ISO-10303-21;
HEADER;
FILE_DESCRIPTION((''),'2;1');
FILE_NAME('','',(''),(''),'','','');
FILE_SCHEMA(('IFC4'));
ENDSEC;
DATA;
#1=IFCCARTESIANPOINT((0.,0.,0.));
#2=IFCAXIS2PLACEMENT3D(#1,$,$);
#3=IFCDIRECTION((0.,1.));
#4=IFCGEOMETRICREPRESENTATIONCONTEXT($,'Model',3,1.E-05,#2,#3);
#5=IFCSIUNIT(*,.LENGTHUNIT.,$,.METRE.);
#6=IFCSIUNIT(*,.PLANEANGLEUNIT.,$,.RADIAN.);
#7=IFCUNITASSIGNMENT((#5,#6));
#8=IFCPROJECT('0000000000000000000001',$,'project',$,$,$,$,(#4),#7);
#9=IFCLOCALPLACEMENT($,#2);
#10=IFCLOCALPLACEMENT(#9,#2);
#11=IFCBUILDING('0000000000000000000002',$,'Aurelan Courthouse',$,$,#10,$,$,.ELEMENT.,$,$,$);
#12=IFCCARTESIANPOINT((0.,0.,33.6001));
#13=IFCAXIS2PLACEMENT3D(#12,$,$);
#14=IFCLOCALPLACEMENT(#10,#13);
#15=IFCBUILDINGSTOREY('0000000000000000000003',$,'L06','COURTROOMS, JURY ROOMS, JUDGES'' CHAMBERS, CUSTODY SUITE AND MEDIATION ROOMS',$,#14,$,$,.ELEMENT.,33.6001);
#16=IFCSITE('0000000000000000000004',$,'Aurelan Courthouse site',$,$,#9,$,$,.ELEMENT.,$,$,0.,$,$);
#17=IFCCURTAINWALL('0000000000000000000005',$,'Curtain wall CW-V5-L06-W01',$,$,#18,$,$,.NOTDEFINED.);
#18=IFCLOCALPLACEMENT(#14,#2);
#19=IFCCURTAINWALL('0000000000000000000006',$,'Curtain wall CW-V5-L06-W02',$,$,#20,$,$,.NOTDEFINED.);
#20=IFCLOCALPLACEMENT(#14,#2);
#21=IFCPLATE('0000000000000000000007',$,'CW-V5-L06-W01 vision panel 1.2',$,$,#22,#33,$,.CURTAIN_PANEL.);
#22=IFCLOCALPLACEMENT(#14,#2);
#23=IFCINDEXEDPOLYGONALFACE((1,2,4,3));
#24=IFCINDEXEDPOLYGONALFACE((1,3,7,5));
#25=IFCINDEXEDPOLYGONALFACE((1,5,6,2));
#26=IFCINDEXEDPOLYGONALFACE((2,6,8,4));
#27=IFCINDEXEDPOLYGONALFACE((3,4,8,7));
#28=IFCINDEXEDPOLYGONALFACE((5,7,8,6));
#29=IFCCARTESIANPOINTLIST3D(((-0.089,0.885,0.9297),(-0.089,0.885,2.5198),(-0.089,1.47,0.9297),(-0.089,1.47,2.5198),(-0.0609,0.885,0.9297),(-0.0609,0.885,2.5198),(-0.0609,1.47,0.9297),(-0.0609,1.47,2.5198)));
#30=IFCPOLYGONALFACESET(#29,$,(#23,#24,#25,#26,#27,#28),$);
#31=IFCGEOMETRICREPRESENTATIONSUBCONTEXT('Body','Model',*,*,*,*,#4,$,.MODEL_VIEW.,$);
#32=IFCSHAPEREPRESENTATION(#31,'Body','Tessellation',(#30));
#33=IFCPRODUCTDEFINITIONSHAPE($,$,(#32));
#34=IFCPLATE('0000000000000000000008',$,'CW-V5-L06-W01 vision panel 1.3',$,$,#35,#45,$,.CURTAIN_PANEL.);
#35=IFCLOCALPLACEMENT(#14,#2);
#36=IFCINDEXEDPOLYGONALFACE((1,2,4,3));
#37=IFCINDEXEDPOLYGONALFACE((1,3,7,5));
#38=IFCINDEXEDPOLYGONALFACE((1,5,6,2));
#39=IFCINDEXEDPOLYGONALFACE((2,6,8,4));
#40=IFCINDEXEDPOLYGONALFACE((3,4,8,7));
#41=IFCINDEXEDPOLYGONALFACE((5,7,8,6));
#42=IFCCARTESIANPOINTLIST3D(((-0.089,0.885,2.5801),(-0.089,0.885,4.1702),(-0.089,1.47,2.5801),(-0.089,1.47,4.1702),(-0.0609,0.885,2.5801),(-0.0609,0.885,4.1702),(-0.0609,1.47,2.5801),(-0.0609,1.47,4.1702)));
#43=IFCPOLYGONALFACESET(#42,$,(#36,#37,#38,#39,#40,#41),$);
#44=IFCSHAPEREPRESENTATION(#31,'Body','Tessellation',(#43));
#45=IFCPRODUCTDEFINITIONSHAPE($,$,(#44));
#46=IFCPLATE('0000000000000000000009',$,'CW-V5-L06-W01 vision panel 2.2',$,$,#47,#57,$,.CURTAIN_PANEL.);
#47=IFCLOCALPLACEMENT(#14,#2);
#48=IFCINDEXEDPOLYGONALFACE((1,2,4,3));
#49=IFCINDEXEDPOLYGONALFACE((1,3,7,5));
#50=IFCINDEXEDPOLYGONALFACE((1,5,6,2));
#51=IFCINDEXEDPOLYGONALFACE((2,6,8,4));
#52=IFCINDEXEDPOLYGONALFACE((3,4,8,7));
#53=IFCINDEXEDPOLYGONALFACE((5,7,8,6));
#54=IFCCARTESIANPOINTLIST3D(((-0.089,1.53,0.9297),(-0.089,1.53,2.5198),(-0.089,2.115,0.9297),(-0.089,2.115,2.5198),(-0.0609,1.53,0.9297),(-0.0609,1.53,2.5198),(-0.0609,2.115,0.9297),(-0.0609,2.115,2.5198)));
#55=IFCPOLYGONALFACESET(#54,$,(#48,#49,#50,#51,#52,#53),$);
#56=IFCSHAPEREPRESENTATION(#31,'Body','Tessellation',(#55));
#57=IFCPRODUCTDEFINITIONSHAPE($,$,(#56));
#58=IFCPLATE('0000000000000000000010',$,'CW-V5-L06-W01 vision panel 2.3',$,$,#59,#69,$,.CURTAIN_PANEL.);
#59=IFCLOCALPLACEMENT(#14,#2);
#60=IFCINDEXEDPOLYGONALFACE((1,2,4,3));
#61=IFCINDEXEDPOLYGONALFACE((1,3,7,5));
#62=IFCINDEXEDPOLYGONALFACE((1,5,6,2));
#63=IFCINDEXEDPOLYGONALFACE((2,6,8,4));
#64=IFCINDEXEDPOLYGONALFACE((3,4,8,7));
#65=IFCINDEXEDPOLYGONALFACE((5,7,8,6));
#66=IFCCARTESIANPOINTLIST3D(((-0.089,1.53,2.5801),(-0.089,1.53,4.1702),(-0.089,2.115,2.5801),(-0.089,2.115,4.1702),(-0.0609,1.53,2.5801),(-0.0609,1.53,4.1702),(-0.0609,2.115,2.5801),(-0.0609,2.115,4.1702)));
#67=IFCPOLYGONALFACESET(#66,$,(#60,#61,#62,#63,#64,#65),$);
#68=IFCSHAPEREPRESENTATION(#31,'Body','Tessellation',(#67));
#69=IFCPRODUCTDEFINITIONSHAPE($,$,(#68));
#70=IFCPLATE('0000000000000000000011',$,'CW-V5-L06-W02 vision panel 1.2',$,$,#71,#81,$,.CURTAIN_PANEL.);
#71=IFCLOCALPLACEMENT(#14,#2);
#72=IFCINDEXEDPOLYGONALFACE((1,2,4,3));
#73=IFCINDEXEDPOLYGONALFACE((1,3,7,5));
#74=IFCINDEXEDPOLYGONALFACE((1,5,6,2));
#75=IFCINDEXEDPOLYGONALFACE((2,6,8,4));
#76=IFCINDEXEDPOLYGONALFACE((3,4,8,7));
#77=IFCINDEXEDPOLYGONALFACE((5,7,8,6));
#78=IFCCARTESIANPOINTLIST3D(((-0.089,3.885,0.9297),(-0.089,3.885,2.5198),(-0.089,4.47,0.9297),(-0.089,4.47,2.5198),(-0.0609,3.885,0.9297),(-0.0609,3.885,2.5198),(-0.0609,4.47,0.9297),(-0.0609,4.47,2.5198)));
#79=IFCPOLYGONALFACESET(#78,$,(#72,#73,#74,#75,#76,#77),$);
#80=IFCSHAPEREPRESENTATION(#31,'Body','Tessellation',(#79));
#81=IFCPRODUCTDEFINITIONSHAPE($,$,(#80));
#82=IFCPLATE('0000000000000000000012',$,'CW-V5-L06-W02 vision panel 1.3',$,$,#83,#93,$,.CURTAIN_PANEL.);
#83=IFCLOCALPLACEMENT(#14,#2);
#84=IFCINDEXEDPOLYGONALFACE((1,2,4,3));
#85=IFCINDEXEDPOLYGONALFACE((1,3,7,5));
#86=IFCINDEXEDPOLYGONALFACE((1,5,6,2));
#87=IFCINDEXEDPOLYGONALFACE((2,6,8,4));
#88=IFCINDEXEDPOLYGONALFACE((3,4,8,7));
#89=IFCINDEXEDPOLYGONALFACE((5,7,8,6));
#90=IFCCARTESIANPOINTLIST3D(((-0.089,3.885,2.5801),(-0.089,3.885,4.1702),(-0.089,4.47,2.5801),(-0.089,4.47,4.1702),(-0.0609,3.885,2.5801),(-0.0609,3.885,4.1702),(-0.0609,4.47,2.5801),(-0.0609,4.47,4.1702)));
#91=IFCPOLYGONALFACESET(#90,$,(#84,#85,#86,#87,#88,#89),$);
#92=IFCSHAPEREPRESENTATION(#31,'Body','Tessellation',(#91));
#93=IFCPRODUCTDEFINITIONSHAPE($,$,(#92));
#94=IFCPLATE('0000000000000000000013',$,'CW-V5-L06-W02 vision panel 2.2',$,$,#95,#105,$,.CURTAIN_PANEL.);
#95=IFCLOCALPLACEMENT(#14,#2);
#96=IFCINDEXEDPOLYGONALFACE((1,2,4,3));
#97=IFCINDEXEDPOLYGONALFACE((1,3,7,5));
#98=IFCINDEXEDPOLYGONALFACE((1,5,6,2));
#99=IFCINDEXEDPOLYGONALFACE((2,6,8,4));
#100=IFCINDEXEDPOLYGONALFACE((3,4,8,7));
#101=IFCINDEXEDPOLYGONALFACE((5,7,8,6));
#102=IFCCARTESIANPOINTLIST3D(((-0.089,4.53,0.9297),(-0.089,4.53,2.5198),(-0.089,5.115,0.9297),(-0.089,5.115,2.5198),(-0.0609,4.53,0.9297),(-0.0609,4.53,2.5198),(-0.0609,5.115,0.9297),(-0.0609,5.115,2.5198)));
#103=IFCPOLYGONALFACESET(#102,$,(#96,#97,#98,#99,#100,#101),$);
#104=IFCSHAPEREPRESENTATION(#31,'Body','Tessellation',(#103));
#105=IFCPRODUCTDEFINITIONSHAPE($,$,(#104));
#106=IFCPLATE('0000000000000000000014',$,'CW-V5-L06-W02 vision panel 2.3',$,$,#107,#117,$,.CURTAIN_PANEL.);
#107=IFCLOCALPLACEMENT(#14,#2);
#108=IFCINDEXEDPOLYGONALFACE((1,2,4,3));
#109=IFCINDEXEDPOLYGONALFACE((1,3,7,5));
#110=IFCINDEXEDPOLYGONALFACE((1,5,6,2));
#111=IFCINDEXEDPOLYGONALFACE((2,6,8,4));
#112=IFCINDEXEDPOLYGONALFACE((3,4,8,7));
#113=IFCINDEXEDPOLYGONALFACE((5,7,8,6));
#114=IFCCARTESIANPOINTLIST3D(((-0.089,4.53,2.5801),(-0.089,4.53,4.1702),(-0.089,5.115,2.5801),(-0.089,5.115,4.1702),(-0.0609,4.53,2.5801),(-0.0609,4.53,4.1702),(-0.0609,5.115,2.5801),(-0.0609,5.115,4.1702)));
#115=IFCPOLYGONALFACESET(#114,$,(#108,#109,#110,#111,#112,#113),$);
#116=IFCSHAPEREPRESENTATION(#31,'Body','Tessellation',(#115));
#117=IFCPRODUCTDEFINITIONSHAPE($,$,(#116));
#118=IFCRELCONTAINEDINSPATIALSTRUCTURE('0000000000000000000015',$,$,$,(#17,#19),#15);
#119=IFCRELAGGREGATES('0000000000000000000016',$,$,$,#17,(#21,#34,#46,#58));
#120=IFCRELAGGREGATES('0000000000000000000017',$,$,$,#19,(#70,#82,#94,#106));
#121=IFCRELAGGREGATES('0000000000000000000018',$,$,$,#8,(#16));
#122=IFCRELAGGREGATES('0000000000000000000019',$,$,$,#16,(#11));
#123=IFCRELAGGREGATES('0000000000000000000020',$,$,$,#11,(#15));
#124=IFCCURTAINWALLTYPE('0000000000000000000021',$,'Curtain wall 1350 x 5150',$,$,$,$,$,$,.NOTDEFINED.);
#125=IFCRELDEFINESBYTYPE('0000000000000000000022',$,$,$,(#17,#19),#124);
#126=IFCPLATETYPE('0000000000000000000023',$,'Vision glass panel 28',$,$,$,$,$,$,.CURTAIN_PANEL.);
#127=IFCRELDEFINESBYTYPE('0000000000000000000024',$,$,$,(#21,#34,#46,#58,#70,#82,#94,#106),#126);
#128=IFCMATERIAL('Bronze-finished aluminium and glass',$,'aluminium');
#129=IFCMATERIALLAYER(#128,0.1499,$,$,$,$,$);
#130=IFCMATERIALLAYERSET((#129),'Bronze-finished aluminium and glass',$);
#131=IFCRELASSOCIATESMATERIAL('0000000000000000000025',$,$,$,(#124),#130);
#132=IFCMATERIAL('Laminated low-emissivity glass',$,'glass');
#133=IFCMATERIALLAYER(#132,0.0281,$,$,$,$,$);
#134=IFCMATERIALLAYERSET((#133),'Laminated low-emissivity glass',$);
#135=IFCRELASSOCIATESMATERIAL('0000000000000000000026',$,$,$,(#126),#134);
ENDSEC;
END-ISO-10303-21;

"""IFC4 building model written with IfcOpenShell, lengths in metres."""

from ifc_helpers import new_model, si_unit, direction, frame, origin, origin_2d, place, context, subcontext, project, spatial, rectangle, extrude, material, layer, layer_set, type_object, element, aggregate, save


model = new_model("IFC4")

# Units and contexts
model_context = context("Model", 3, precision=1e-05, world=origin(), true_north=direction((0.0, 1.0)))
body_context = subcontext(model_context, "Body", "Model", "MODEL_VIEW")
ifc_project = project(units=[si_unit("LENGTHUNIT", "METRE"), si_unit("PLANEANGLEUNIT", "RADIAN")], contexts=[model_context])

# Site, building, storey
site_placement = place(None, origin())
site = spatial("IfcSite", under=ifc_project, at=site_placement, Name="Aurelan Courthouse site", CompositionType="ELEMENT", RefElevation=0.0)
building_placement = place(site_placement, origin())
building = spatial("IfcBuilding", under=site, at=building_placement, Name="Aurelan Courthouse", CompositionType="ELEMENT")
storey_placement = place(building_placement, frame((0.0, 0.0, 33.6001)))
storey = spatial("IfcBuildingStorey", under=building, at=storey_placement, Name="L06", Description="COURTROOMS, JURY ROOMS, JUDGES' CHAMBERS, CUSTODY SUITE AND MEDIATION ROOMS", CompositionType="ELEMENT", Elevation=33.6001)

# Curtain walls
ifc_material_1 = material(Name="Bronze-finished aluminium and glass", Category="aluminium")
ifc_layer_1 = layer(ifc_material_1, 0.1499)
ifc_layer_set_1 = layer_set([ifc_layer_1], Name="Bronze-finished aluminium and glass")
curtain_wall_type = type_object("IfcCurtainWallType", Name="Curtain wall 1350 x 5150", PredefinedType="NOTDEFINED", material=ifc_layer_set_1)
curtain_wall_1_placement = place(storey_placement, origin())
curtain_wall_1 = element("IfcCurtainWall", 1, at=curtain_wall_1_placement, inside=storey, type_object=curtain_wall_type, Name="Curtain wall CW-V5-L06-W01", PredefinedType="NOTDEFINED")
curtain_wall_2_placement = place(storey_placement, origin())
curtain_wall_2 = element("IfcCurtainWall", 2, at=curtain_wall_2_placement, inside=storey, type_object=curtain_wall_type, Name="Curtain wall CW-V5-L06-W02", PredefinedType="NOTDEFINED")

# Plates
ifc_material_2 = material(Name="Laminated low-emissivity glass", Category="glass")
ifc_layer_2 = layer(ifc_material_2, 0.0281)
ifc_layer_set_2 = layer_set([ifc_layer_2], Name="Laminated low-emissivity glass")
plate_type_1 = type_object("IfcPlateType", Name="Vision glass panel 28", PredefinedType="CURTAIN_PANEL", material=ifc_layer_set_2)
plate_1_placement = place(storey_placement, frame((-0.075, 1.1775, 0.9297), z_axis=(0.0, 0.0, 1.0), x_axis=(0.0, 1.0, 0.0)))
plate_1 = element("IfcPlate", 3, at=plate_1_placement, type_object=plate_type_1, Name="CW-V5-L06-W01 vision panel 1.2", PredefinedType="CURTAIN_PANEL", context=body_context, shape_type="SweptSolid", body=[
    extrude(rectangle(XDim=0.585, YDim=0.0281, at=origin_2d()), origin(), (0.0, 0.0, 1.0), 1.5901),
])
plate_2_placement = place(storey_placement, frame((-0.075, 1.1775, 2.5801), z_axis=(0.0, 0.0, 1.0), x_axis=(0.0, 1.0, 0.0)))
plate_2 = element("IfcPlate", 4, at=plate_2_placement, type_object=plate_type_1, Name="CW-V5-L06-W01 vision panel 1.3", PredefinedType="CURTAIN_PANEL", context=body_context, shape_type="SweptSolid", body=[
    extrude(rectangle(XDim=0.585, YDim=0.0281, at=origin_2d()), origin(), (0.0, 0.0, 1.0), 1.5901),
])
plate_3_placement = place(storey_placement, frame((-0.075, 1.8225, 0.9297), z_axis=(0.0, 0.0, 1.0), x_axis=(0.0, 1.0, 0.0)))
plate_3 = element("IfcPlate", 5, at=plate_3_placement, type_object=plate_type_1, Name="CW-V5-L06-W01 vision panel 2.2", PredefinedType="CURTAIN_PANEL", context=body_context, shape_type="SweptSolid", body=[
    extrude(rectangle(XDim=0.585, YDim=0.0281, at=origin_2d()), origin(), (0.0, 0.0, 1.0), 1.5901),
])
plate_4_placement = place(storey_placement, frame((-0.075, 1.8225, 2.5801), z_axis=(0.0, 0.0, 1.0), x_axis=(0.0, 1.0, 0.0)))
plate_4 = element("IfcPlate", 6, at=plate_4_placement, type_object=plate_type_1, Name="CW-V5-L06-W01 vision panel 2.3", PredefinedType="CURTAIN_PANEL", context=body_context, shape_type="SweptSolid", body=[
    extrude(rectangle(XDim=0.585, YDim=0.0281, at=origin_2d()), origin(), (0.0, 0.0, 1.0), 1.5901),
])
aggregate(curtain_wall_1, [plate_1, plate_2, plate_3, plate_4])
plate_5_placement = place(storey_placement, frame((-0.075, 4.1775, 0.9297), z_axis=(0.0, 0.0, 1.0), x_axis=(0.0, 1.0, 0.0)))
plate_5 = element("IfcPlate", 7, at=plate_5_placement, type_object=plate_type_1, Name="CW-V5-L06-W02 vision panel 1.2", PredefinedType="CURTAIN_PANEL", context=body_context, shape_type="SweptSolid", body=[
    extrude(rectangle(XDim=0.585, YDim=0.0281, at=origin_2d()), origin(), (0.0, 0.0, 1.0), 1.5901),
])
plate_6_placement = place(storey_placement, frame((-0.075, 4.1775, 2.5801), z_axis=(0.0, 0.0, 1.0), x_axis=(0.0, 1.0, 0.0)))
plate_6 = element("IfcPlate", 8, at=plate_6_placement, type_object=plate_type_1, Name="CW-V5-L06-W02 vision panel 1.3", PredefinedType="CURTAIN_PANEL", context=body_context, shape_type="SweptSolid", body=[
    extrude(rectangle(XDim=0.585, YDim=0.0281, at=origin_2d()), origin(), (0.0, 0.0, 1.0), 1.5901),
])
plate_7_placement = place(storey_placement, frame((-0.075, 4.8225, 0.9297), z_axis=(0.0, 0.0, 1.0), x_axis=(0.0, 1.0, 0.0)))
plate_7 = element("IfcPlate", 9, at=plate_7_placement, type_object=plate_type_1, Name="CW-V5-L06-W02 vision panel 2.2", PredefinedType="CURTAIN_PANEL", context=body_context, shape_type="SweptSolid", body=[
    extrude(rectangle(XDim=0.585, YDim=0.0281, at=origin_2d()), origin(), (0.0, 0.0, 1.0), 1.5901),
])
plate_8_placement = place(storey_placement, frame((-0.075, 4.8225, 2.5801), z_axis=(0.0, 0.0, 1.0), x_axis=(0.0, 1.0, 0.0)))
plate_8 = element("IfcPlate", 10, at=plate_8_placement, type_object=plate_type_1, Name="CW-V5-L06-W02 vision panel 2.3", PredefinedType="CURTAIN_PANEL", context=body_context, shape_type="SweptSolid", body=[
    extrude(rectangle(XDim=0.585, YDim=0.0281, at=origin_2d()), origin(), (0.0, 0.0, 1.0), 1.5901),
])
aggregate(curtain_wall_2, [plate_5, plate_6, plate_7, plate_8])

save(model, "model.ifc")
